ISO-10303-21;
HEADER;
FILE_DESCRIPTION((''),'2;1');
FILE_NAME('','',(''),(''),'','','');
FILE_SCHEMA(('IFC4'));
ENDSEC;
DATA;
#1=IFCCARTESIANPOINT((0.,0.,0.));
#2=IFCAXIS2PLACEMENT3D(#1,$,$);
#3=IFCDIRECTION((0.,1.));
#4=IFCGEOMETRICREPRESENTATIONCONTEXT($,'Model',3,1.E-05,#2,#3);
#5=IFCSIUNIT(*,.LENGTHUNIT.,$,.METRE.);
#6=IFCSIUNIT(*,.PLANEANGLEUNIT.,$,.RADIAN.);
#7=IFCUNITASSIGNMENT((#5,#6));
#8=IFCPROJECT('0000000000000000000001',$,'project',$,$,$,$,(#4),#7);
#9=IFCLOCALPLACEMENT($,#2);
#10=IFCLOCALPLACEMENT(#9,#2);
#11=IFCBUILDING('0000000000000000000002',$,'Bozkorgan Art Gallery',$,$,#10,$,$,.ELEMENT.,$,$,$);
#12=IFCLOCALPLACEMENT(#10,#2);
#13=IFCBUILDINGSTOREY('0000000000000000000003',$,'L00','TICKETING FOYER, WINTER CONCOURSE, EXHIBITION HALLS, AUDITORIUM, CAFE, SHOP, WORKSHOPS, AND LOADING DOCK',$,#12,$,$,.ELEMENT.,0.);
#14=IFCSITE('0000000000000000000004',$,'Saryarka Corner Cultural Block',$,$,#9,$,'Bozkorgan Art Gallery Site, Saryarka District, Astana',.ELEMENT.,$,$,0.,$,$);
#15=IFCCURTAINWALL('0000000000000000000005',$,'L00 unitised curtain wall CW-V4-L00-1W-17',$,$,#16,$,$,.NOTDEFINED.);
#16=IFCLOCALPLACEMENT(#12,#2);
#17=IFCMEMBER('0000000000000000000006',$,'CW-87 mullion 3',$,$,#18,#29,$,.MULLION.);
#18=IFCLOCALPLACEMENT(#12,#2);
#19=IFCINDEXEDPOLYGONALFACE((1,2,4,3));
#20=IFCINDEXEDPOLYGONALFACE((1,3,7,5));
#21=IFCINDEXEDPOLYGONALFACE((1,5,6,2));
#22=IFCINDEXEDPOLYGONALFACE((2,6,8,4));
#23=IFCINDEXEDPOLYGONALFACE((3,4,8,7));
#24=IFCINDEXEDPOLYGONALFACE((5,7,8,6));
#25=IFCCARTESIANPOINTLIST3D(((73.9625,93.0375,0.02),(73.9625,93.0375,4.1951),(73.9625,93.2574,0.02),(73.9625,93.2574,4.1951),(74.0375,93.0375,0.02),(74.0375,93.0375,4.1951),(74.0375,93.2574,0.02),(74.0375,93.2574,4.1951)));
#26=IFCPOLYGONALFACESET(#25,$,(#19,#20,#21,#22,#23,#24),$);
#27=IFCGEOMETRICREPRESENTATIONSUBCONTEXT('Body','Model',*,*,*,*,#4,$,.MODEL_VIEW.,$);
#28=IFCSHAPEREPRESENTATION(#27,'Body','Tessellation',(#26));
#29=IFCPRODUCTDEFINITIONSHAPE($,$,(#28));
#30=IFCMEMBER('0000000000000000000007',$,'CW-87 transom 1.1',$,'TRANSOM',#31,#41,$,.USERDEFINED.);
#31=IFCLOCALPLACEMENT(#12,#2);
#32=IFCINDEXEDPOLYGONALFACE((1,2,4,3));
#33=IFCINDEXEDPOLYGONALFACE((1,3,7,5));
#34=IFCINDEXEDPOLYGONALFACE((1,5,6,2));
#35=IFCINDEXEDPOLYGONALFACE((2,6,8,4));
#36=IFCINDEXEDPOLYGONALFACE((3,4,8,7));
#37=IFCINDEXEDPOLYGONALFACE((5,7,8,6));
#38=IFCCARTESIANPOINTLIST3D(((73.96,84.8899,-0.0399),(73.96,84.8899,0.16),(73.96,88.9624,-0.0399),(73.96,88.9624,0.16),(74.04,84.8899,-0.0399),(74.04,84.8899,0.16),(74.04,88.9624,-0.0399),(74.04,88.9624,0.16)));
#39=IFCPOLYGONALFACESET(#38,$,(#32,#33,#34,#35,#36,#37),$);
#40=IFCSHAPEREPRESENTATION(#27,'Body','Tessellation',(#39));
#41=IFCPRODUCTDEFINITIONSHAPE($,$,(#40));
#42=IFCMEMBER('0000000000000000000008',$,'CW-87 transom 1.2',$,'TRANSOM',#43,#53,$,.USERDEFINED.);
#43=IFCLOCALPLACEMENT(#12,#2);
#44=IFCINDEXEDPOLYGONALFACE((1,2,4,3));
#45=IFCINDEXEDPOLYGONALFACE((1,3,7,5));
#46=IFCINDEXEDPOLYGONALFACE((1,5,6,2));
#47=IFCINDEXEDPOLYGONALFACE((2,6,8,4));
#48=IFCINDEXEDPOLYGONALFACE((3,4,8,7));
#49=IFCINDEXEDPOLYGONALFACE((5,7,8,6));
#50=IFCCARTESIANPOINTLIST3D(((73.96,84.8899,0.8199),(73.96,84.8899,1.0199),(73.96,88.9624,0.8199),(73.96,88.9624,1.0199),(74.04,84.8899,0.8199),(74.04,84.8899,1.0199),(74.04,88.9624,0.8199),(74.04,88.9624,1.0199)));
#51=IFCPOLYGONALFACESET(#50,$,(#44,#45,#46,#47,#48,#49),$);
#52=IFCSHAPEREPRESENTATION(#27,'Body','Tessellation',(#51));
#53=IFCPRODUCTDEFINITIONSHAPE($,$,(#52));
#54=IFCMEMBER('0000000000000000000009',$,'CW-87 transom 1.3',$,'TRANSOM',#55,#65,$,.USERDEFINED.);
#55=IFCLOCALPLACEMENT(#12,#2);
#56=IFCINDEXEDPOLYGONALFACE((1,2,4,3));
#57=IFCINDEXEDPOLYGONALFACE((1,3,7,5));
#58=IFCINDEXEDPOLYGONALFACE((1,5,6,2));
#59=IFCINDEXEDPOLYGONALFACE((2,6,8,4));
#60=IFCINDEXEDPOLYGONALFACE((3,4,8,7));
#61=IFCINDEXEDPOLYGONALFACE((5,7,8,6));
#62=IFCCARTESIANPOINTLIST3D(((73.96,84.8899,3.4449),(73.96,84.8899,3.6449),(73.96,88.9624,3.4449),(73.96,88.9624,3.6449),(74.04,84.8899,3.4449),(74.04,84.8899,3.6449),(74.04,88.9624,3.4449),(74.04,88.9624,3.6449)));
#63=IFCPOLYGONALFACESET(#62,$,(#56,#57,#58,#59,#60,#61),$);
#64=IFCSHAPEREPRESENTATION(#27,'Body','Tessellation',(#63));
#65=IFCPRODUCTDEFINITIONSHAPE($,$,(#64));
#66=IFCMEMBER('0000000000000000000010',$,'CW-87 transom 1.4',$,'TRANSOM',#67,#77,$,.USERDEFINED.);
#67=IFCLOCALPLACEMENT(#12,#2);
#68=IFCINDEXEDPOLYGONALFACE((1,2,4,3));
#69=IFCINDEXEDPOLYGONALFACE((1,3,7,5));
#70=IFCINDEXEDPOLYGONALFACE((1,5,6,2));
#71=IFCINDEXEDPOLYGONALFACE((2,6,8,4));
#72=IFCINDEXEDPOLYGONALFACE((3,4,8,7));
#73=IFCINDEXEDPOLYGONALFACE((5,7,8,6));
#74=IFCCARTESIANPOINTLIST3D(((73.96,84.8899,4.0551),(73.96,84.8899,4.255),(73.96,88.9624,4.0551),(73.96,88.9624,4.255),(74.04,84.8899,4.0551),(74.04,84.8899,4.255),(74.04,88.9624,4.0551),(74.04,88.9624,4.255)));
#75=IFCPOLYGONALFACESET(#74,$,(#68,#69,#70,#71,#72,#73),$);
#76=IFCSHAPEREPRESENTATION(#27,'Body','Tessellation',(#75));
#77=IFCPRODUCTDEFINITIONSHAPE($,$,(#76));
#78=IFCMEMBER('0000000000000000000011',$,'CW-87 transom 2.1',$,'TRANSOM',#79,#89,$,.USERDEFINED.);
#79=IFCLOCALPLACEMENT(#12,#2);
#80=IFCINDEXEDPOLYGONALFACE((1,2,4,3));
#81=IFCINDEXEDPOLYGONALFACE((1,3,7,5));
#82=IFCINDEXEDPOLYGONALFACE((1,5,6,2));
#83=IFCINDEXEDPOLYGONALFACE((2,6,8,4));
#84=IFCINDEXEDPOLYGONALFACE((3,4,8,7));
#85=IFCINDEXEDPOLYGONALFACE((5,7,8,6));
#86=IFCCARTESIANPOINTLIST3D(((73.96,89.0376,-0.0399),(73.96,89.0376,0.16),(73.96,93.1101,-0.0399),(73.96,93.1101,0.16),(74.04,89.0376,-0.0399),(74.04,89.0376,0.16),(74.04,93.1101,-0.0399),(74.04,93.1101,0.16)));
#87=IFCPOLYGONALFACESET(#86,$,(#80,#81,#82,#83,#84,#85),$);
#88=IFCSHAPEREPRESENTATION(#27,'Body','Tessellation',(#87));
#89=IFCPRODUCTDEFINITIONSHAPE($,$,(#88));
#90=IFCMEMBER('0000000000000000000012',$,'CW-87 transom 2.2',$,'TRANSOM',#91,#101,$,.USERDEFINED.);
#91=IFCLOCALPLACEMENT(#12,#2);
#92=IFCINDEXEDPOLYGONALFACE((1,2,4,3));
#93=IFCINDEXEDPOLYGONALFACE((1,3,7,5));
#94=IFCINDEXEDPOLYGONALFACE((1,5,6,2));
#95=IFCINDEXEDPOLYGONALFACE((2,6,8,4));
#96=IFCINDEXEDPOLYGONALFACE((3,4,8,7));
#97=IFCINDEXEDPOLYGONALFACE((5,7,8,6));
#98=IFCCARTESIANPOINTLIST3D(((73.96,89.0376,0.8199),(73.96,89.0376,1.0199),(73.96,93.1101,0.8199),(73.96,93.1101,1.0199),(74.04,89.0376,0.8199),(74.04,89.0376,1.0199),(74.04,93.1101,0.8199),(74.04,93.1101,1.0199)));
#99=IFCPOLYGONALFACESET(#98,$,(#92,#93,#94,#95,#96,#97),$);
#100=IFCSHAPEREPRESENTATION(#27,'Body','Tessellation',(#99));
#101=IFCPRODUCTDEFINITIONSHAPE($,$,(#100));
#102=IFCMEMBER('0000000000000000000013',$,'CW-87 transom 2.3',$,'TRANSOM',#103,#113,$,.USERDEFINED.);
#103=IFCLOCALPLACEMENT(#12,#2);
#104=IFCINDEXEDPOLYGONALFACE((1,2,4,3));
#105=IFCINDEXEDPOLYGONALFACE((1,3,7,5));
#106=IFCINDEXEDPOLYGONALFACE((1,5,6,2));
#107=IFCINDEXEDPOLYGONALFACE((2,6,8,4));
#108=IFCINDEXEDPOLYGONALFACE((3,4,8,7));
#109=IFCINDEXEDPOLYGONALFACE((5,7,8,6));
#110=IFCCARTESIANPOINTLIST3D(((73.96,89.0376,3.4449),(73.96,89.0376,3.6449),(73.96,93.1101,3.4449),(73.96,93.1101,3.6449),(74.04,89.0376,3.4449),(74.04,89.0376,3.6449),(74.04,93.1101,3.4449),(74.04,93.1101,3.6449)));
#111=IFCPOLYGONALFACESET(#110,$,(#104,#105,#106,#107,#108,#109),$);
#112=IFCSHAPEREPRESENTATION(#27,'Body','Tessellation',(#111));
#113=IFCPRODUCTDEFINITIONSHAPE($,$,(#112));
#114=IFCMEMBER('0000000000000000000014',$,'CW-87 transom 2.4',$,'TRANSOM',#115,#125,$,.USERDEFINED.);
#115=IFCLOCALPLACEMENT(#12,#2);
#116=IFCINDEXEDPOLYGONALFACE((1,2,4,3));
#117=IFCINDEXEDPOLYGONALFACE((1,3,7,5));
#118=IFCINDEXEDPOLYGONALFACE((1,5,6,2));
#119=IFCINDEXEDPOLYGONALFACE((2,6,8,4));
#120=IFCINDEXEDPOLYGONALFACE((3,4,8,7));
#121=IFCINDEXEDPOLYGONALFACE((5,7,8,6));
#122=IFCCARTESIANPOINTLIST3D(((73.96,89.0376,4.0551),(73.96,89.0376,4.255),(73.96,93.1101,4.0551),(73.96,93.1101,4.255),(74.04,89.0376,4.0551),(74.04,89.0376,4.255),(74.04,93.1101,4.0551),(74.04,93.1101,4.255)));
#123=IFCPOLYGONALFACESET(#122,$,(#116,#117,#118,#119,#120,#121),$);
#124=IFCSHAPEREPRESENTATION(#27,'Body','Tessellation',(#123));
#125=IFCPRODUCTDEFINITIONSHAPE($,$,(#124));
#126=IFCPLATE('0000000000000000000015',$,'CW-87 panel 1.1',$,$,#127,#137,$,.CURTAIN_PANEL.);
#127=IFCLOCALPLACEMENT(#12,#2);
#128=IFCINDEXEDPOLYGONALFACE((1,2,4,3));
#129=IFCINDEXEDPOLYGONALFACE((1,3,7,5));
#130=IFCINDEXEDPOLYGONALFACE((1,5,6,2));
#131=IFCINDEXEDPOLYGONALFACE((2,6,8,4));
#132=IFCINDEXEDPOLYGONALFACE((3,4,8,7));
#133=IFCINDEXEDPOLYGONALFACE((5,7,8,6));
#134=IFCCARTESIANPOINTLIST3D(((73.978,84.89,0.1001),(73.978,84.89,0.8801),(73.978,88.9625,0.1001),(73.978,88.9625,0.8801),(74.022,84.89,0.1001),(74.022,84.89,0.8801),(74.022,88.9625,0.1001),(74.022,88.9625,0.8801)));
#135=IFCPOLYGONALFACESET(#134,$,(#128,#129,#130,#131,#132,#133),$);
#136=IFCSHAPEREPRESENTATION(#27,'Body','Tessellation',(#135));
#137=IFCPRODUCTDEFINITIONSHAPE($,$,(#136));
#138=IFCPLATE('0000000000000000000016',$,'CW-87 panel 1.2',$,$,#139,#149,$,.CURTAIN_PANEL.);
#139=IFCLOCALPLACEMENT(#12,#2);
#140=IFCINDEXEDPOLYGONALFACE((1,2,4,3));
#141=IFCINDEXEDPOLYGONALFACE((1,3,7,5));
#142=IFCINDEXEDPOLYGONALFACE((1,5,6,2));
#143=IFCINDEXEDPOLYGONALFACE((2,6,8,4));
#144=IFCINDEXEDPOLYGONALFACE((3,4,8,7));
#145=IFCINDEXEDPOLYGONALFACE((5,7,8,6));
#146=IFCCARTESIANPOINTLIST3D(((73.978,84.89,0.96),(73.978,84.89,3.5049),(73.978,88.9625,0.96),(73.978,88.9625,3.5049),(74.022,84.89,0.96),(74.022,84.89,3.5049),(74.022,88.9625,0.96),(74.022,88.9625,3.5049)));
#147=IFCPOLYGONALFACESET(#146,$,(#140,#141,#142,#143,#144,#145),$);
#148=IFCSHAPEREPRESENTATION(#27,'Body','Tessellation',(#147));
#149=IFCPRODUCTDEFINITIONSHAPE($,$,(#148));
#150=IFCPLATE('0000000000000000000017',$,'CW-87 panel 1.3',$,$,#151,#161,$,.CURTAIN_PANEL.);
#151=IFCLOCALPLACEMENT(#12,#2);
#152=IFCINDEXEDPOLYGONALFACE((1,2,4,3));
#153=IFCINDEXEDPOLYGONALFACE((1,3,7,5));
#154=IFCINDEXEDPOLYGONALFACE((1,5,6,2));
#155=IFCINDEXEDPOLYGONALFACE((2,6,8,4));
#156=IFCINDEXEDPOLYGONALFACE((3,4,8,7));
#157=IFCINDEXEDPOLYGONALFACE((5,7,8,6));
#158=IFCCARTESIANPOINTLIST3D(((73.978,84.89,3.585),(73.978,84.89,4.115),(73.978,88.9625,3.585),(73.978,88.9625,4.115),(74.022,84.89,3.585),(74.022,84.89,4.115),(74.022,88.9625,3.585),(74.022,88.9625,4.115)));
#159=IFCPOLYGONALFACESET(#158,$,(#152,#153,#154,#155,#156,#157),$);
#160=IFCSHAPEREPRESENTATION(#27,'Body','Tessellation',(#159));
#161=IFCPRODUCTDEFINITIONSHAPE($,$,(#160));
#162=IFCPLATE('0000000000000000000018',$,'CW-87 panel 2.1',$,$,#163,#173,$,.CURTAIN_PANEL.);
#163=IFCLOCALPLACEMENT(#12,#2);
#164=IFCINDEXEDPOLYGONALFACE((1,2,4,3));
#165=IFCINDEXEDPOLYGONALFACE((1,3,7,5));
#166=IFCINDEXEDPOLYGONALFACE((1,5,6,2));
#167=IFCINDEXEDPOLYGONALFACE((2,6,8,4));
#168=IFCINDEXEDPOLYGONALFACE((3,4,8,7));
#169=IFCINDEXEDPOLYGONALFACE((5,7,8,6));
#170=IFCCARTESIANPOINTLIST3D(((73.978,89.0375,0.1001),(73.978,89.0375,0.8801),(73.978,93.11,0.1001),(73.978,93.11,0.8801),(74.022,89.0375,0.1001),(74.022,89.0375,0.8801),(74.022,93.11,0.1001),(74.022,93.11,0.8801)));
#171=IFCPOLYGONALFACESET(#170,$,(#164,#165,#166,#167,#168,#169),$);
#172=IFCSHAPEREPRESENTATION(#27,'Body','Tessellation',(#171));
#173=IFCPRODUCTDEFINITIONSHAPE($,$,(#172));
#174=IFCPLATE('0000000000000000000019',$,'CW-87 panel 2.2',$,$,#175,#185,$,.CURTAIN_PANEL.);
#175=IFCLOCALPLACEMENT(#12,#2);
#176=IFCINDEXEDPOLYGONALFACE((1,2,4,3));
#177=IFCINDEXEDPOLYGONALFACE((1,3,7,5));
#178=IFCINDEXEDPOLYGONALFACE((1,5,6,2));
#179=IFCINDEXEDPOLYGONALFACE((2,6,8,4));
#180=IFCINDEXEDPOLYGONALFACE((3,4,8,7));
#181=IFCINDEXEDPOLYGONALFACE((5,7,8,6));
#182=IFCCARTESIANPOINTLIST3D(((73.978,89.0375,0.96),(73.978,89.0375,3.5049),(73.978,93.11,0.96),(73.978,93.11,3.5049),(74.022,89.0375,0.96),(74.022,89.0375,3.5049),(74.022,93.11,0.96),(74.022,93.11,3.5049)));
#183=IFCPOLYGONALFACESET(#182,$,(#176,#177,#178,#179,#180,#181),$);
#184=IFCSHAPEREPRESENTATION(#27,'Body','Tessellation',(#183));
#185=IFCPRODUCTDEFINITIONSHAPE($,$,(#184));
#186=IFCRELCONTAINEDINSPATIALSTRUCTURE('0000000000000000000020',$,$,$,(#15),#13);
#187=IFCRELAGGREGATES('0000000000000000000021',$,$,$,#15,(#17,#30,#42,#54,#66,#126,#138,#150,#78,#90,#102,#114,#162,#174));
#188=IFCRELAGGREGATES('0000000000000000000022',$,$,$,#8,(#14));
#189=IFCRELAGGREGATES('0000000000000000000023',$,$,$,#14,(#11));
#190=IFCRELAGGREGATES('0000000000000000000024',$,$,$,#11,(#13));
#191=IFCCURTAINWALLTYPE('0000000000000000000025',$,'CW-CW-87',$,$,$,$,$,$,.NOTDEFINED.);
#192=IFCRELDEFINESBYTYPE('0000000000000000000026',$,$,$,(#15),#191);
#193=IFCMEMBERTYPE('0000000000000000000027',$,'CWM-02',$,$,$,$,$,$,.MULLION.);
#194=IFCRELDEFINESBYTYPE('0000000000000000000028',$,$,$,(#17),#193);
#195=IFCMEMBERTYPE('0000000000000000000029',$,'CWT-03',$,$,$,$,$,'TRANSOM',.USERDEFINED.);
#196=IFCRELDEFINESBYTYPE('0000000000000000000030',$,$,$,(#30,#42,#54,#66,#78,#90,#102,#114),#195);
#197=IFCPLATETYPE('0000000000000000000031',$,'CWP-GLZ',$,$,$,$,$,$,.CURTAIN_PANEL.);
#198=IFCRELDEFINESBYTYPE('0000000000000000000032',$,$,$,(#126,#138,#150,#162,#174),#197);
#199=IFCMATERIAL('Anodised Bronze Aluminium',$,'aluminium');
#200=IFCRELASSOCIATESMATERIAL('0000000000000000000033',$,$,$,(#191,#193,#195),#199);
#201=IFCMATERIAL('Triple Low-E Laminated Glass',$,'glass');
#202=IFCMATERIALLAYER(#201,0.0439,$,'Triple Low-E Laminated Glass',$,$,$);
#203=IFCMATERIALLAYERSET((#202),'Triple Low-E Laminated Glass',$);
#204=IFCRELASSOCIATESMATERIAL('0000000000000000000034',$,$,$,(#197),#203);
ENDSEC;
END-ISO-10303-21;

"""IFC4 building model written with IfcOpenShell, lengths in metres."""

from ifc_helpers import new_model, si_unit, direction, frame, origin, origin_2d, place, context, subcontext, project, spatial, rectangle, extrude, material, layer, layer_set, material_profile, profile_set, type_object, element, aggregate, save


model = new_model("IFC4")

# Units and contexts
model_context = context("Model", 3, precision=1e-05, world=origin(), true_north=direction((0.0, 1.0)))
body_context = subcontext(model_context, "Body", "Model", "MODEL_VIEW")
ifc_project = project(units=[si_unit("LENGTHUNIT", "METRE"), si_unit("PLANEANGLEUNIT", "RADIAN")], contexts=[model_context])

# Site, building, storey
site_placement = place(None, origin())
site = spatial("IfcSite", under=ifc_project, at=site_placement, Name="Saryarka Corner Cultural Block", LongName="Bozkorgan Art Gallery Site, Saryarka District, Astana", CompositionType="ELEMENT", RefElevation=0.0)
building_placement = place(site_placement, origin())
building = spatial("IfcBuilding", under=site, at=building_placement, Name="Bozkorgan Art Gallery", CompositionType="ELEMENT")
storey_placement = place(building_placement, origin())
storey = spatial("IfcBuildingStorey", under=building, at=storey_placement, Name="L00", Description="TICKETING FOYER, WINTER CONCOURSE, EXHIBITION HALLS, AUDITORIUM, CAFE, SHOP, WORKSHOPS, AND LOADING DOCK", CompositionType="ELEMENT", Elevation=0.0)

# Curtain wall, members, plates
ifc_material_1 = material(Name="Anodised Bronze Aluminium", Category="aluminium")
curtain_wall_type = type_object("IfcCurtainWallType", Name="CW-CW-87", PredefinedType="NOTDEFINED", material=ifc_material_1)
curtain_wall_placement = place(storey_placement, origin())
curtain_wall = element("IfcCurtainWall", 1, at=curtain_wall_placement, inside=storey, type_object=curtain_wall_type, Name="L00 unitised curtain wall CW-V4-L00-1W-17", PredefinedType="NOTDEFINED")
ifc_material_profile_1 = material_profile(ifc_material_1, rectangle(XDim=0.075, YDim=0.22, at=origin_2d()), Name="ALU MULLION 75x220")
ifc_profile_set_1 = profile_set([ifc_material_profile_1], Name="Anodised Bronze Aluminium")
member_type_1 = type_object("IfcMemberType", Name="CWM-02", PredefinedType="MULLION", material=ifc_profile_set_1)
member_1_placement = place(storey_placement, frame((74.0, 93.1475, 0.02), z_axis=(0.0, 0.0, 1.0), x_axis=(-1.0, 0.0, 0.0)))
member_1 = element("IfcMember", 2, at=member_1_placement, type_object=member_type_1, Name="CW-87 mullion 3", PredefinedType="MULLION", context=body_context, shape_type="SweptSolid", body=[
    extrude(rectangle(XDim=0.075, YDim=0.22, at=origin_2d()), origin(), (0.0, 0.0, 1.0), 4.175),
])
ifc_material_profile_2 = material_profile(ifc_material_1, rectangle(XDim=0.0801, YDim=0.2, at=origin_2d()), Name="ALU TRANSOM 80x200")
ifc_profile_set_2 = profile_set([ifc_material_profile_2], Name="Anodised Bronze Aluminium")
member_type_2 = type_object("IfcMemberType", Name="CWT-03", ElementType="TRANSOM", PredefinedType="USERDEFINED", material=ifc_profile_set_2)
member_2_placement = place(storey_placement, frame((74.0, 84.8899, 0.0601), z_axis=(0.0, 1.0, 0.0), x_axis=(-1.0, 0.0, 0.0)))
member_2 = element("IfcMember", 3, at=member_2_placement, type_object=member_type_2, Name="CW-87 transom 1.1", ObjectType="TRANSOM", PredefinedType="USERDEFINED", context=body_context, shape_type="SweptSolid", body=[
    extrude(rectangle(XDim=0.0801, YDim=0.2, at=origin_2d()), origin(), (0.0, 0.0, 1.0), 4.0725),
])
member_3_placement = place(storey_placement, frame((74.0, 84.8899, 0.9199), z_axis=(0.0, 1.0, 0.0), x_axis=(-1.0, 0.0, 0.0)))
member_3 = element("IfcMember", 4, at=member_3_placement, type_object=member_type_2, Name="CW-87 transom 1.2", ObjectType="TRANSOM", PredefinedType="USERDEFINED", context=body_context, shape_type="SweptSolid", body=[
    extrude(rectangle(XDim=0.0801, YDim=0.2, at=origin_2d()), origin(), (0.0, 0.0, 1.0), 4.0725),
])
member_4_placement = place(storey_placement, frame((74.0, 84.8899, 3.5449), z_axis=(0.0, 1.0, 0.0), x_axis=(-1.0, 0.0, 0.0)))
member_4 = element("IfcMember", 5, at=member_4_placement, type_object=member_type_2, Name="CW-87 transom 1.3", ObjectType="TRANSOM", PredefinedType="USERDEFINED", context=body_context, shape_type="SweptSolid", body=[
    extrude(rectangle(XDim=0.0801, YDim=0.2, at=origin_2d()), origin(), (0.0, 0.0, 1.0), 4.0725),
])
member_5_placement = place(storey_placement, frame((74.0, 84.8899, 4.155), z_axis=(0.0, 1.0, 0.0), x_axis=(-1.0, 0.0, 0.0)))
member_5 = element("IfcMember", 6, at=member_5_placement, type_object=member_type_2, Name="CW-87 transom 1.4", ObjectType="TRANSOM", PredefinedType="USERDEFINED", context=body_context, shape_type="SweptSolid", body=[
    extrude(rectangle(XDim=0.0801, YDim=0.2, at=origin_2d()), origin(), (0.0, 0.0, 1.0), 4.0725),
])
member_6_placement = place(storey_placement, frame((74.0, 89.0376, 0.0601), z_axis=(0.0, 1.0, 0.0), x_axis=(-1.0, 0.0, 0.0)))
member_6 = element("IfcMember", 7, at=member_6_placement, type_object=member_type_2, Name="CW-87 transom 2.1", ObjectType="TRANSOM", PredefinedType="USERDEFINED", context=body_context, shape_type="SweptSolid", body=[
    extrude(rectangle(XDim=0.0801, YDim=0.2, at=origin_2d()), origin(), (0.0, 0.0, 1.0), 4.0725),
])
member_7_placement = place(storey_placement, frame((74.0, 89.0376, 0.9199), z_axis=(0.0, 1.0, 0.0), x_axis=(-1.0, 0.0, 0.0)))
member_7 = element("IfcMember", 8, at=member_7_placement, type_object=member_type_2, Name="CW-87 transom 2.2", ObjectType="TRANSOM", PredefinedType="USERDEFINED", context=body_context, shape_type="SweptSolid", body=[
    extrude(rectangle(XDim=0.0801, YDim=0.2, at=origin_2d()), origin(), (0.0, 0.0, 1.0), 4.0725),
])
member_8_placement = place(storey_placement, frame((74.0, 89.0376, 3.5449), z_axis=(0.0, 1.0, 0.0), x_axis=(-1.0, 0.0, 0.0)))
member_8 = element("IfcMember", 9, at=member_8_placement, type_object=member_type_2, Name="CW-87 transom 2.3", ObjectType="TRANSOM", PredefinedType="USERDEFINED", context=body_context, shape_type="SweptSolid", body=[
    extrude(rectangle(XDim=0.0801, YDim=0.2, at=origin_2d()), origin(), (0.0, 0.0, 1.0), 4.0725),
])
member_9_placement = place(storey_placement, frame((74.0, 89.0376, 4.155), z_axis=(0.0, 1.0, 0.0), x_axis=(-1.0, 0.0, 0.0)))
member_9 = element("IfcMember", 10, at=member_9_placement, type_object=member_type_2, Name="CW-87 transom 2.4", ObjectType="TRANSOM", PredefinedType="USERDEFINED", context=body_context, shape_type="SweptSolid", body=[
    extrude(rectangle(XDim=0.0801, YDim=0.2, at=origin_2d()), origin(), (0.0, 0.0, 1.0), 4.0725),
])
ifc_material_2 = material(Name="Triple Low-E Laminated Glass", Category="glass")
ifc_layer_1 = layer(ifc_material_2, 0.0439, Name="Triple Low-E Laminated Glass")
ifc_layer_set_1 = layer_set([ifc_layer_1], Name="Triple Low-E Laminated Glass")
plate_type = type_object("IfcPlateType", Name="CWP-GLZ", PredefinedType="CURTAIN_PANEL", material=ifc_layer_set_1)
plate_1_placement = place(storey_placement, frame((74.0, 86.9263, 0.1001), z_axis=(0.0, 0.0, 1.0), x_axis=(0.0, 1.0, 0.0)))
plate_1 = element("IfcPlate", 11, at=plate_1_placement, type_object=plate_type, Name="CW-87 panel 1.1", PredefinedType="CURTAIN_PANEL", context=body_context, shape_type="SweptSolid", body=[
    extrude(rectangle(XDim=4.0725, YDim=0.0439, at=origin_2d()), origin(), (0.0, 0.0, 1.0), 0.78),
])
plate_2_placement = place(storey_placement, frame((74.0, 86.9263, 0.96), z_axis=(0.0, 0.0, 1.0), x_axis=(0.0, 1.0, 0.0)))
plate_2 = element("IfcPlate", 12, at=plate_2_placement, type_object=plate_type, Name="CW-87 panel 1.2", PredefinedType="CURTAIN_PANEL", context=body_context, shape_type="SweptSolid", body=[
    extrude(rectangle(XDim=4.0725, YDim=0.0439, at=origin_2d()), origin(), (0.0, 0.0, 1.0), 2.5449),
])
plate_3_placement = place(storey_placement, frame((74.0, 86.9263, 3.585), z_axis=(0.0, 0.0, 1.0), x_axis=(0.0, 1.0, 0.0)))
plate_3 = element("IfcPlate", 13, at=plate_3_placement, type_object=plate_type, Name="CW-87 panel 1.3", PredefinedType="CURTAIN_PANEL", context=body_context, shape_type="SweptSolid", body=[
    extrude(rectangle(XDim=4.0725, YDim=0.0439, at=origin_2d()), origin(), (0.0, 0.0, 1.0), 0.53),
])
plate_4_placement = place(storey_placement, frame((74.0, 91.0737, 0.1001), z_axis=(0.0, 0.0, 1.0), x_axis=(0.0, 1.0, 0.0)))
plate_4 = element("IfcPlate", 14, at=plate_4_placement, type_object=plate_type, Name="CW-87 panel 2.1", PredefinedType="CURTAIN_PANEL", context=body_context, shape_type="SweptSolid", body=[
    extrude(rectangle(XDim=4.0725, YDim=0.0439, at=origin_2d()), origin(), (0.0, 0.0, 1.0), 0.78),
])
plate_5_placement = place(storey_placement, frame((74.0, 91.0737, 0.96), z_axis=(0.0, 0.0, 1.0), x_axis=(0.0, 1.0, 0.0)))
plate_5 = element("IfcPlate", 15, at=plate_5_placement, type_object=plate_type, Name="CW-87 panel 2.2", PredefinedType="CURTAIN_PANEL", context=body_context, shape_type="SweptSolid", body=[
    extrude(rectangle(XDim=4.0725, YDim=0.0439, at=origin_2d()), origin(), (0.0, 0.0, 1.0), 2.5449),
])
aggregate(curtain_wall, [member_1, member_2, member_3, member_4, member_5, plate_1, plate_2, plate_3, member_6, member_7, member_8, member_9, plate_4, plate_5])

save(model, "model.ifc")
